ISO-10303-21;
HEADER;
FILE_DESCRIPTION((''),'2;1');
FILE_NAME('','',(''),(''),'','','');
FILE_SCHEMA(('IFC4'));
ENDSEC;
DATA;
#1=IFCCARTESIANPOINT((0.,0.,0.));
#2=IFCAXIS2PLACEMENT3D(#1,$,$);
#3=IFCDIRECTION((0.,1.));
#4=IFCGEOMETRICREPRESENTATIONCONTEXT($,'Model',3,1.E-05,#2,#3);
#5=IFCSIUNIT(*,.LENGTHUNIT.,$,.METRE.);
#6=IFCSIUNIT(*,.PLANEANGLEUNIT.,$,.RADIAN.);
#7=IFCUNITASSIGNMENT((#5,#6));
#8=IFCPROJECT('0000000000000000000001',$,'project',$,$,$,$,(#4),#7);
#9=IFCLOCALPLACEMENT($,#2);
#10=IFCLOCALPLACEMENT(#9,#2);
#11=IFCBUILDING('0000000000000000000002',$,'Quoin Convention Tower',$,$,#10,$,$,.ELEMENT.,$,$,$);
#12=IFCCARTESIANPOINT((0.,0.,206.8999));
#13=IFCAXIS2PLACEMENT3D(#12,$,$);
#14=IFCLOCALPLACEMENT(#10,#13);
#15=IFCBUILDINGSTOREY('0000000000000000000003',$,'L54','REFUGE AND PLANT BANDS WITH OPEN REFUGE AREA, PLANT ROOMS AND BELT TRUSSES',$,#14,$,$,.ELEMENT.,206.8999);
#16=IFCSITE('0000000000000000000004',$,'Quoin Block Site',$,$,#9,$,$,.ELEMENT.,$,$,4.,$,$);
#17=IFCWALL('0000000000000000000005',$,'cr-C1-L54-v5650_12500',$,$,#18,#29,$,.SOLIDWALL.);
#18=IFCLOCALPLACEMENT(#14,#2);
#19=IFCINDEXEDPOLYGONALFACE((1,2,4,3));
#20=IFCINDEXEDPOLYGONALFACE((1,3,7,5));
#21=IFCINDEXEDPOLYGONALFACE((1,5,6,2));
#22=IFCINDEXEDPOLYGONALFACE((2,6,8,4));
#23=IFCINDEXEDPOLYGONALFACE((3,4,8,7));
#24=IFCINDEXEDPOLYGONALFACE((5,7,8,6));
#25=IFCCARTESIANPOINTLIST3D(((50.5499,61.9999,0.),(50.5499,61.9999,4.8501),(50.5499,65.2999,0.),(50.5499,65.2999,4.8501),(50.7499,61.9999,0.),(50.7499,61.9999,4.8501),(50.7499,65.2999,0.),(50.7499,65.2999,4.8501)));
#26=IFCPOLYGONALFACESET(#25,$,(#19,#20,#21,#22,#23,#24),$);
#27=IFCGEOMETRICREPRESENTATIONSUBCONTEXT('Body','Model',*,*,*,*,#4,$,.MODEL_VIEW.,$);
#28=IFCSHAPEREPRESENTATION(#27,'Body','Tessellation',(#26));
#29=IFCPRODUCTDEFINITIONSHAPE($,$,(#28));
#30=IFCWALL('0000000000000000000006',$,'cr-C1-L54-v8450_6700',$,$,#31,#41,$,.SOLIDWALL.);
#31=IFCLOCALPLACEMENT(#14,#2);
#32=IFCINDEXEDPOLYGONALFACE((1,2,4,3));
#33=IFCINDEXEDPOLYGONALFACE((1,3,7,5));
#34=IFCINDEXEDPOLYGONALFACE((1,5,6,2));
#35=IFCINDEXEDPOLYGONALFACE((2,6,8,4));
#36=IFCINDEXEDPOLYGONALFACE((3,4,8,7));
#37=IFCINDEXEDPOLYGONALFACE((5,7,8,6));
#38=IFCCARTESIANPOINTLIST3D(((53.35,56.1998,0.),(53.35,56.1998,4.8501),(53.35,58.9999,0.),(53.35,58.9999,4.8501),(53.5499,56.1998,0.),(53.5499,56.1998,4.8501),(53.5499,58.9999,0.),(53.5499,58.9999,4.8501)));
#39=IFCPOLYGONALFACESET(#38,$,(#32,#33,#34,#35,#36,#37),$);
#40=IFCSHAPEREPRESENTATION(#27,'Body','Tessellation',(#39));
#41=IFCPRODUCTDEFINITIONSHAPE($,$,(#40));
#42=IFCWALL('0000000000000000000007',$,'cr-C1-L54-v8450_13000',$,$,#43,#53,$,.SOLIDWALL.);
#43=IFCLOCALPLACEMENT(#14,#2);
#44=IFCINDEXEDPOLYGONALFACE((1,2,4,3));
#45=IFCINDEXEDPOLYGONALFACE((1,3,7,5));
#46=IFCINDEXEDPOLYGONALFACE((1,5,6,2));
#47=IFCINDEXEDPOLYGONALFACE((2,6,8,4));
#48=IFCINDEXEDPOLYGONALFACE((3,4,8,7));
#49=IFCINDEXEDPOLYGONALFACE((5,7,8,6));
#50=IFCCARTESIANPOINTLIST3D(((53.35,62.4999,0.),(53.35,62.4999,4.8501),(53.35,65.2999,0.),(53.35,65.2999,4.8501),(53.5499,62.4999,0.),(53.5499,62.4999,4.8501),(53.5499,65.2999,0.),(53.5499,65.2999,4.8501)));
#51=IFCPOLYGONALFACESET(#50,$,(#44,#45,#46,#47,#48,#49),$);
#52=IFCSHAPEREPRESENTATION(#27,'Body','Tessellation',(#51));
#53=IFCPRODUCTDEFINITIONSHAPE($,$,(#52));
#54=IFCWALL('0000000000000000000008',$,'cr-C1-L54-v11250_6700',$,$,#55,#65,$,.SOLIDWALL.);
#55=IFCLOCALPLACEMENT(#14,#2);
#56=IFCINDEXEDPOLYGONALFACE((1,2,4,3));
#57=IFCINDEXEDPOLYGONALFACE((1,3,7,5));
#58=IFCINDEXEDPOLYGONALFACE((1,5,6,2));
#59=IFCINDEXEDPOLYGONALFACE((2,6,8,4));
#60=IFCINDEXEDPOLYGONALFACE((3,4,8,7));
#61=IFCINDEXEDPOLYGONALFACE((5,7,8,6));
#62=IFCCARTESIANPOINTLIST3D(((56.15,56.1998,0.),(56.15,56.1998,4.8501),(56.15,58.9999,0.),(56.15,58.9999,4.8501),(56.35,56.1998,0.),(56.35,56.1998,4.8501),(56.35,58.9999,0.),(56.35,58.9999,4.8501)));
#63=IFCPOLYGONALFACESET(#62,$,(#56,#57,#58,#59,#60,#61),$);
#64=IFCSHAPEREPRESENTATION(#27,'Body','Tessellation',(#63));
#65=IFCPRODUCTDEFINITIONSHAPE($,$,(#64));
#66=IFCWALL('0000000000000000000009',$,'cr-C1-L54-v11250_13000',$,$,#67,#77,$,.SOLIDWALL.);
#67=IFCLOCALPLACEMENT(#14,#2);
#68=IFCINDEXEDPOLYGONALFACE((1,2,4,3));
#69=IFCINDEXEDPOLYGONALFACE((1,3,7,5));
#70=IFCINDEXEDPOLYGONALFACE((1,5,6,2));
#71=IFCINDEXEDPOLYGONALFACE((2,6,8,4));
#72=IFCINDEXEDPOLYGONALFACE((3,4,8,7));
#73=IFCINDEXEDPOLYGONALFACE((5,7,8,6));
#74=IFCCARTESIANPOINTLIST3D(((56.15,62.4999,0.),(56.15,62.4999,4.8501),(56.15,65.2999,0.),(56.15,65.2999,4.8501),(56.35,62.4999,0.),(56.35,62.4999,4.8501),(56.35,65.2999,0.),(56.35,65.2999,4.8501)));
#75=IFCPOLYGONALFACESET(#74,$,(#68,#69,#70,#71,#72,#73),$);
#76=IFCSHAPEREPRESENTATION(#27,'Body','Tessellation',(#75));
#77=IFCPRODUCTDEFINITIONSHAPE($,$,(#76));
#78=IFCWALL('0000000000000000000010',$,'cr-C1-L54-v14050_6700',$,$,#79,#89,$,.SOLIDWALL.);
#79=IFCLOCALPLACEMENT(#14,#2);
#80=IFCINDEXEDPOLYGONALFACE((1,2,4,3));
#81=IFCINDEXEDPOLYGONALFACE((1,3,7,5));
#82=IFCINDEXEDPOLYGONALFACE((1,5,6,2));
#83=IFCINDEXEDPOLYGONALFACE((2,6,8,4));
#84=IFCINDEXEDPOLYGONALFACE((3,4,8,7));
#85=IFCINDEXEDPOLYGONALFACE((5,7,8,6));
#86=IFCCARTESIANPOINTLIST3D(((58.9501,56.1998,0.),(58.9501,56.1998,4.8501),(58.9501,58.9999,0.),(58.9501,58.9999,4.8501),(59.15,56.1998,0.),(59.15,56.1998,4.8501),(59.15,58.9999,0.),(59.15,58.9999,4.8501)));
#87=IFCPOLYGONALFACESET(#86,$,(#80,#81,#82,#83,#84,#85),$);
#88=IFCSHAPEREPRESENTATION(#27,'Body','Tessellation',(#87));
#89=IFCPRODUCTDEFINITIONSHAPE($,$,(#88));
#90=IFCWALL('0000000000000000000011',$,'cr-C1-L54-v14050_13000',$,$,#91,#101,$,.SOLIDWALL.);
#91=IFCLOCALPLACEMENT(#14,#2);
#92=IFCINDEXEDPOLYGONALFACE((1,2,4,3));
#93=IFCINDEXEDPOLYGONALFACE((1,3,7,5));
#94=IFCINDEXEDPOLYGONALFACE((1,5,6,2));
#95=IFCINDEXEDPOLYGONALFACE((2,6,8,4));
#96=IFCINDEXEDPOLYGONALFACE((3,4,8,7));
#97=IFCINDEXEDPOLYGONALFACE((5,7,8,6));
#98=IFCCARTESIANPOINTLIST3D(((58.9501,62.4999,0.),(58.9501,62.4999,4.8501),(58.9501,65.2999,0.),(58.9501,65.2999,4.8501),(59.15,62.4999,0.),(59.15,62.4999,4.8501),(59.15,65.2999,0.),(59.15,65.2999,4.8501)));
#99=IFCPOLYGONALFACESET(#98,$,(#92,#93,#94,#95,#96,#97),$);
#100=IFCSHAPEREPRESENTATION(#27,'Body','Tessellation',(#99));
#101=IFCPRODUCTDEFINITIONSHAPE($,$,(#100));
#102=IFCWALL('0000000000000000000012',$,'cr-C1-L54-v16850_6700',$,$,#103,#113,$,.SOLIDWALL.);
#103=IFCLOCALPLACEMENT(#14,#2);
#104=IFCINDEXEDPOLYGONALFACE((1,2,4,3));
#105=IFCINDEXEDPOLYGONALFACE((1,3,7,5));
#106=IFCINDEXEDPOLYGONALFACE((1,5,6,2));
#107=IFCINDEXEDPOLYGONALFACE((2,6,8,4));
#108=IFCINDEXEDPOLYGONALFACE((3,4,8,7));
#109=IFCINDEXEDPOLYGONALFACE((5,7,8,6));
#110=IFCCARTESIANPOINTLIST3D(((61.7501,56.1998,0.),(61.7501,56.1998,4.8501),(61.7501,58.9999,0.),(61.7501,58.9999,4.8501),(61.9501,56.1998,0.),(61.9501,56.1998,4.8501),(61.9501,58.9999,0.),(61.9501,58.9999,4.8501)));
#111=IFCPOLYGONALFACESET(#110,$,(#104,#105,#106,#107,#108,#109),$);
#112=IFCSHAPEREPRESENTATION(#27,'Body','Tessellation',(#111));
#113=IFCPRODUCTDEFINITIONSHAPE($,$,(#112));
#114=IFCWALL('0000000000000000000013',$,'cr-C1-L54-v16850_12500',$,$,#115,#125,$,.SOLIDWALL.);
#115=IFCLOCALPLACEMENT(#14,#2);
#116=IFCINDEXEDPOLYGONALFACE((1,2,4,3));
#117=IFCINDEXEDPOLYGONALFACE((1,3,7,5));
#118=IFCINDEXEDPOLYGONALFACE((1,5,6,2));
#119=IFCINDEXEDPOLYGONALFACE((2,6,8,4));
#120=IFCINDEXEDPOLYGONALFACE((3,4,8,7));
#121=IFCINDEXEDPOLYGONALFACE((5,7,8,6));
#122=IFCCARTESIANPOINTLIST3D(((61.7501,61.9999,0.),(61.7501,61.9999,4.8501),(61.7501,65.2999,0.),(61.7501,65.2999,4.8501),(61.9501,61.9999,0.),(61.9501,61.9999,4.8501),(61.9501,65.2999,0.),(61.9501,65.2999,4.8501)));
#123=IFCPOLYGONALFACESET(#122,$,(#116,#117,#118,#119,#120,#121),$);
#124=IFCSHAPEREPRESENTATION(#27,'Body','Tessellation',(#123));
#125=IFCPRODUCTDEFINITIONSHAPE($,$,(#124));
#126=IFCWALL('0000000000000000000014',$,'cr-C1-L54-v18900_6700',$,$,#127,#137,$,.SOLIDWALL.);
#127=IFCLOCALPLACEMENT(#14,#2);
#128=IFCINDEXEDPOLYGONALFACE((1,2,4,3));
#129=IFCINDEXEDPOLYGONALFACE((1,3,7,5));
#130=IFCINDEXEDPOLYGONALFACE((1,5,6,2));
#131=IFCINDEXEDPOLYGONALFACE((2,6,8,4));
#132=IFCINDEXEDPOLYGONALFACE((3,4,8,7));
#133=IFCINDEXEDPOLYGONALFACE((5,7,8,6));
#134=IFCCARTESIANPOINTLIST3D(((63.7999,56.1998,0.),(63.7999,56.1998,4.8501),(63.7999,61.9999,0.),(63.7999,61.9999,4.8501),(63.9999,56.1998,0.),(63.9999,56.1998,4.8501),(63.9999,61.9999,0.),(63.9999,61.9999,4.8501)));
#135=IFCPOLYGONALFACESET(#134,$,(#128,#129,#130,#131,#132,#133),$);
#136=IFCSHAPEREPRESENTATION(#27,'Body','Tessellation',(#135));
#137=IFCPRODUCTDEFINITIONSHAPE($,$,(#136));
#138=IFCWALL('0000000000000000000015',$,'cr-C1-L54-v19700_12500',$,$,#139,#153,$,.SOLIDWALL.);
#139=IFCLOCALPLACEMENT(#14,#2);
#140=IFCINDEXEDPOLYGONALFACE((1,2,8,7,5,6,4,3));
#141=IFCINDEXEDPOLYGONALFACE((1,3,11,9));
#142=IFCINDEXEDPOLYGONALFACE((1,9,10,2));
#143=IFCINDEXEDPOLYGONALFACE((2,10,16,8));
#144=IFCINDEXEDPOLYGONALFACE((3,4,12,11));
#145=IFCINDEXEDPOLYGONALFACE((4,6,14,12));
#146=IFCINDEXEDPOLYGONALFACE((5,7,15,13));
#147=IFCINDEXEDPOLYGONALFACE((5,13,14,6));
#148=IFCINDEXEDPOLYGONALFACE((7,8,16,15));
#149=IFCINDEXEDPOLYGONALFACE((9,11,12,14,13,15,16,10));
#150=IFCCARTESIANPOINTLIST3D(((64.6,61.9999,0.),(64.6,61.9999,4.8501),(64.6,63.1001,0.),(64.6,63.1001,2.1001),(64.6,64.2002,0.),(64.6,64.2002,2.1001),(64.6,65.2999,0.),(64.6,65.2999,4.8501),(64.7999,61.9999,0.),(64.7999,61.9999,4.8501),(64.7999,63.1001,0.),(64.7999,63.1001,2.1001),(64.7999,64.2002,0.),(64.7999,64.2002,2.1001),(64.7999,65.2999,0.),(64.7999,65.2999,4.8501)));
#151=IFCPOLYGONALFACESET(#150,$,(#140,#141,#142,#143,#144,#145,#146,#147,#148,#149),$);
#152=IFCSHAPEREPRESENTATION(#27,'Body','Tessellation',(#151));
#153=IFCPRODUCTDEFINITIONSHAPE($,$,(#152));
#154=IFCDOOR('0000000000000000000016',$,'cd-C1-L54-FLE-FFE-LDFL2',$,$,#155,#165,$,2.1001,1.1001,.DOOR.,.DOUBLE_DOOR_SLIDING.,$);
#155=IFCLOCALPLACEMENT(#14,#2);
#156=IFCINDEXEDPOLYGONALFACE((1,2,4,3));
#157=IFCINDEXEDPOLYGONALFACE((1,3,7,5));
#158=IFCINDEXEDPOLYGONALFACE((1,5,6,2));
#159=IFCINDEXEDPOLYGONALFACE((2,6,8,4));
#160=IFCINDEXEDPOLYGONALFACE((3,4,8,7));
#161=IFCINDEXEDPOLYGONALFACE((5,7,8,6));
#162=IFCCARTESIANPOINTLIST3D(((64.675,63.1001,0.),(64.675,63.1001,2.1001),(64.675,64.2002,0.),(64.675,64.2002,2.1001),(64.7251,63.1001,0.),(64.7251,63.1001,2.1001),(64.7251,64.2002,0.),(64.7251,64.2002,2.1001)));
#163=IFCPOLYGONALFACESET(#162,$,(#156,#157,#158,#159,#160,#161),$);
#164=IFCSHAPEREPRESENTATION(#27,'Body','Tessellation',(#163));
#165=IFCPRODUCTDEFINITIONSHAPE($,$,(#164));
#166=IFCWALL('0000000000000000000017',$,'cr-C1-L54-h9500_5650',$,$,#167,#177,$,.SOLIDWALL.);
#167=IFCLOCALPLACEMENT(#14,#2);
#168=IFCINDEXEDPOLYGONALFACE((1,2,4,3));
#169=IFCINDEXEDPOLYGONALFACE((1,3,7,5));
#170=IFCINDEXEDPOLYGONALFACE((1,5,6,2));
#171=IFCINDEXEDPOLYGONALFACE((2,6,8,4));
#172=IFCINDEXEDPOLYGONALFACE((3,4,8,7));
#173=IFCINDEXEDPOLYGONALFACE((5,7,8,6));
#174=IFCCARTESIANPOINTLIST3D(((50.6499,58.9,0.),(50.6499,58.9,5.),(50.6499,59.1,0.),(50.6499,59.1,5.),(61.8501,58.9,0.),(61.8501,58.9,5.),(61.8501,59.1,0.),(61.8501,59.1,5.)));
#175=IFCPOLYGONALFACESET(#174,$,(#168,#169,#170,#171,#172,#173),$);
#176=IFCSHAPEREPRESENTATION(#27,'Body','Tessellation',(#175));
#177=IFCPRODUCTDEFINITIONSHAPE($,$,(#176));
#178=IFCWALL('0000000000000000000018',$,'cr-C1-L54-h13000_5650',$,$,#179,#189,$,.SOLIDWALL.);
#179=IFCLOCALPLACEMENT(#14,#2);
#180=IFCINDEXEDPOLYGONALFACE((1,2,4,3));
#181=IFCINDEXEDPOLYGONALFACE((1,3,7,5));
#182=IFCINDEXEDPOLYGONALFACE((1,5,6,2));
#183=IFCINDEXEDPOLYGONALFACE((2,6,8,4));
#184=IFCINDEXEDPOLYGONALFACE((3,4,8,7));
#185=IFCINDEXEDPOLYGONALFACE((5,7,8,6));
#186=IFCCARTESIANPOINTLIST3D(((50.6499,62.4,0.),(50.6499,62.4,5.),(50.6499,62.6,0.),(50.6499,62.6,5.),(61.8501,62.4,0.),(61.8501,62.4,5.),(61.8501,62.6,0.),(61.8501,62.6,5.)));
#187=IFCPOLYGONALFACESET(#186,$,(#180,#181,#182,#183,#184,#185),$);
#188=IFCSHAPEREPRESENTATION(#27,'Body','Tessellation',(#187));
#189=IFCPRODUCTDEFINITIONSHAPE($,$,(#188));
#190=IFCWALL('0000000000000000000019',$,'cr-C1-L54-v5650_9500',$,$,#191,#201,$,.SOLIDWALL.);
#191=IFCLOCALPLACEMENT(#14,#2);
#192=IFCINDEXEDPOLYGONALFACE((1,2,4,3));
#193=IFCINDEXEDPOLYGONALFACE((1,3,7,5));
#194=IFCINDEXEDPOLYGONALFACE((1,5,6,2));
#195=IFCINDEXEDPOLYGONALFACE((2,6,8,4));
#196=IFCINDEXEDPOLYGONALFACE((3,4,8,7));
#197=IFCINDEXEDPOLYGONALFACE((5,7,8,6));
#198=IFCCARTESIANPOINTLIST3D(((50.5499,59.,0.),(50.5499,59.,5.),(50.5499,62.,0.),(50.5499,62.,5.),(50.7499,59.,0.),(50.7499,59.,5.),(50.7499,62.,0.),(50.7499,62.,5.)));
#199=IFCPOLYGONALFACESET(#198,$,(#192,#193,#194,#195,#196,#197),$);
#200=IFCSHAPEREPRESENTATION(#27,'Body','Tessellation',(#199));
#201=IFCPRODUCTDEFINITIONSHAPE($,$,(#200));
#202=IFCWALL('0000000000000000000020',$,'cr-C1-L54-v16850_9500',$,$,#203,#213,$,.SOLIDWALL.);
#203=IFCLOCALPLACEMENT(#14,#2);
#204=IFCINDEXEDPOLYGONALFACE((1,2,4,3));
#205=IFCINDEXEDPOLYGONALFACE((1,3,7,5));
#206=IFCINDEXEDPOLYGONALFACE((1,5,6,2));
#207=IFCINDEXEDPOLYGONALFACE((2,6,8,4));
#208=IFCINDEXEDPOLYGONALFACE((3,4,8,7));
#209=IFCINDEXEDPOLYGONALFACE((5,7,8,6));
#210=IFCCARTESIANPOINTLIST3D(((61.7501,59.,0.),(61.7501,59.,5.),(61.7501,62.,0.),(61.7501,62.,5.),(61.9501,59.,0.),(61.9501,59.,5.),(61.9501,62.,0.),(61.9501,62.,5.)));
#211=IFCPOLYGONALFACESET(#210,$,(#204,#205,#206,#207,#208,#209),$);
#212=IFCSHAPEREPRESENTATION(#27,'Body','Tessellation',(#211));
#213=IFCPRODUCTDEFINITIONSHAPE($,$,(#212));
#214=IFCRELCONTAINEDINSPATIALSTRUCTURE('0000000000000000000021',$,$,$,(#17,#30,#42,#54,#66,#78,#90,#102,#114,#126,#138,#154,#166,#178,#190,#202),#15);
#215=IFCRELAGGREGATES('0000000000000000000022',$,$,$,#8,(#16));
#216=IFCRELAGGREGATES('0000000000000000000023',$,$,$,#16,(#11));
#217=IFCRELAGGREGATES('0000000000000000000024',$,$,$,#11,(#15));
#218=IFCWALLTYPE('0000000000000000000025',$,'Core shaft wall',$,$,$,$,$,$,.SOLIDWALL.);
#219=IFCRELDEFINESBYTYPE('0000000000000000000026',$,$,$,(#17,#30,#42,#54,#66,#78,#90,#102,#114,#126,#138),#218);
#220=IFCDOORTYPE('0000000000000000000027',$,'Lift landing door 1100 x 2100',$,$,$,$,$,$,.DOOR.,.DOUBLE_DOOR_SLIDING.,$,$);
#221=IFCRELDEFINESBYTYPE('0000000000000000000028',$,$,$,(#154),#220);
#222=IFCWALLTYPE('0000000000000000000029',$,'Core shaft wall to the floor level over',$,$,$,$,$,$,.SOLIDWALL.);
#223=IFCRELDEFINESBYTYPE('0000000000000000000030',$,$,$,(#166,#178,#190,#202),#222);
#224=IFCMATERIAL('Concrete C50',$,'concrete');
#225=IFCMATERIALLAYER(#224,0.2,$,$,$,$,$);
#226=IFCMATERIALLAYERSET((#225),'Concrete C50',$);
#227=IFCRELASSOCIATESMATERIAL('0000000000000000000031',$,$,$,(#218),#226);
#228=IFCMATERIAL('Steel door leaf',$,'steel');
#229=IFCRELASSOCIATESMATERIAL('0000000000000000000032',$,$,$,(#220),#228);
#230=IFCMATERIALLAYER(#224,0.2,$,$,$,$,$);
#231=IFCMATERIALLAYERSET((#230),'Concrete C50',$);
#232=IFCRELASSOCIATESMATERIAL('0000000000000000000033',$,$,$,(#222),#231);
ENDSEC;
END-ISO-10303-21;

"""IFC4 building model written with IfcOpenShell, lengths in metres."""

from ifc_helpers import new_model, si_unit, direction, frame, frame_2d, origin, place, context, subcontext, project, spatial, rectangle, extrude, material, layer, layer_set, type_object, element, fill, save


model = new_model("IFC4")

# Units and contexts
model_context = context("Model", 3, precision=1e-05, world=origin(), true_north=direction((0.0, 1.0)))
body_context = subcontext(model_context, "Body", "Model", "MODEL_VIEW")
ifc_project = project(units=[si_unit("LENGTHUNIT", "METRE"), si_unit("PLANEANGLEUNIT", "RADIAN")], contexts=[model_context])

# Site, building, storey
site_placement = place(None, origin())
site = spatial("IfcSite", under=ifc_project, at=site_placement, Name="Quoin Block Site", CompositionType="ELEMENT", RefElevation=4.0)
building_placement = place(site_placement, origin())
building = spatial("IfcBuilding", under=site, at=building_placement, Name="Quoin Convention Tower", CompositionType="ELEMENT")
storey_placement = place(building_placement, frame((0.0, 0.0, 206.8999)))
storey = spatial("IfcBuildingStorey", under=building, at=storey_placement, Name="L54", Description="REFUGE AND PLANT BANDS WITH OPEN REFUGE AREA, PLANT ROOMS AND BELT TRUSSES", CompositionType="ELEMENT", Elevation=206.8999)

# Shared definitions
ifc_material_1 = material(Name="Concrete C50", Category="concrete")
ifc_layer_1 = layer(ifc_material_1, 0.2)
ifc_layer_set_1 = layer_set([ifc_layer_1], Name="Concrete C50")
wall_type_1 = type_object("IfcWallType", Name="Core shaft wall", PredefinedType="SOLIDWALL", material=ifc_layer_set_1)

# Shared definitions
ifc_material_2 = material(Name="Steel door leaf", Category="steel")

# Walls
wall_1_placement = place(storey_placement, frame((50.6499, 62.0, 0.0), z_axis=(0.0, 0.0, 1.0), x_axis=(0.0, 1.0, 0.0)))
element("IfcWall", 1, at=wall_1_placement, inside=storey, type_object=wall_type_1, Name="cr-C1-L54-v5650_12500", PredefinedType="SOLIDWALL", context=body_context, shape_type="SweptSolid", body=[
    extrude(rectangle(XDim=3.3, YDim=0.2, at=frame_2d((1.6499, 0.0))), origin(), (0.0, 0.0, 1.0), 4.8501),
])
for number, where, z_axis, x_axis, name in (
    (2, (53.45, 56.2, 0.0), (0.0, 0.0, 1.0), (0.0, 1.0, 0.0), "cr-C1-L54-v8450_6700"),
    (3, (53.45, 62.5, 0.0), (0.0, 0.0, 1.0), (0.0, 1.0, 0.0), "cr-C1-L54-v8450_13000"),
    (4, (56.25, 56.2, 0.0), (0.0, 0.0, 1.0), (0.0, 1.0, 0.0), "cr-C1-L54-v11250_6700"),
    (5, (56.25, 62.5, 0.0), (0.0, 0.0, 1.0), (0.0, 1.0, 0.0), "cr-C1-L54-v11250_13000"),
    (6, (59.05, 56.2, 0.0), (0.0, 0.0, 1.0), (0.0, 1.0, 0.0), "cr-C1-L54-v14050_6700"),
    (7, (59.05, 62.5, 0.0), (0.0, 0.0, 1.0), (0.0, 1.0, 0.0), "cr-C1-L54-v14050_13000"),
    (8, (61.8501, 56.2, 0.0), (0.0, 0.0, 1.0), (0.0, 1.0, 0.0), "cr-C1-L54-v16850_6700"),
):
    element("IfcWall", number, at=place(storey_placement, frame(where, z_axis=z_axis, x_axis=x_axis)), inside=storey, type_object=wall_type_1, Name=name, PredefinedType="SOLIDWALL", context=body_context, shape_type="SweptSolid", body=[
        extrude(rectangle(XDim=2.8, YDim=0.2, at=frame_2d((1.3999, 0.0))), origin(), (0.0, 0.0, 1.0), 4.8501),
    ])
wall_2_placement = place(storey_placement, frame((61.8501, 62.0, 0.0), z_axis=(0.0, 0.0, 1.0), x_axis=(0.0, 1.0, 0.0)))
element("IfcWall", 9, at=wall_2_placement, inside=storey, type_object=wall_type_1, Name="cr-C1-L54-v16850_12500", PredefinedType="SOLIDWALL", context=body_context, shape_type="SweptSolid", body=[
    extrude(rectangle(XDim=3.3, YDim=0.2, at=frame_2d((1.6499, 0.0))), origin(), (0.0, 0.0, 1.0), 4.8501),
])
wall_3_placement = place(storey_placement, frame((63.8999, 56.2, 0.0), z_axis=(0.0, 0.0, 1.0), x_axis=(0.0, 1.0, 0.0)))
element("IfcWall", 10, at=wall_3_placement, inside=storey, type_object=wall_type_1, Name="cr-C1-L54-v18900_6700", PredefinedType="SOLIDWALL", context=body_context, shape_type="SweptSolid", body=[
    extrude(rectangle(XDim=5.8, YDim=0.2, at=frame_2d((2.8999, 0.0))), origin(), (0.0, 0.0, 1.0), 4.8501),
])

# Wall, opening, door
wall_4_placement = place(storey_placement, frame((64.7, 62.0, 0.0), z_axis=(0.0, 0.0, 1.0), x_axis=(0.0, 1.0, 0.0)))
wall_4 = element("IfcWall", 11, at=wall_4_placement, inside=storey, type_object=wall_type_1, Name="cr-C1-L54-v19700_12500", PredefinedType="SOLIDWALL", context=body_context, shape_type="SweptSolid", body=[
    extrude(rectangle(XDim=3.3, YDim=0.2, at=frame_2d((1.6499, 0.0))), origin(), (0.0, 0.0, 1.0), 4.8501),
])
opening_1_placement = place(wall_4_placement, frame((1.1001, 0.0, 0.0)))
opening_1 = element("IfcOpeningElement", 12, at=opening_1_placement, cuts=wall_4, PredefinedType="OPENING", context=body_context, shape_type="SweptSolid", body=[
    extrude(rectangle(XDim=1.1001, YDim=2.1001, at=frame_2d((0.55, 1.05))), frame((0.0, 0.1099, 0.0), z_axis=(0.0, -1.0, 0.0), x_axis=(1.0, 0.0, 0.0)), (0.0, 0.0, 1.0), 0.22),
])
door_type_1 = type_object("IfcDoorType", Name="Lift landing door 1100 x 2100", OperationType="DOUBLE_DOOR_SLIDING", PredefinedType="DOOR", material=ifc_material_2)
door_1_placement = place(opening_1_placement, origin())
door_1 = element("IfcDoor", 13, at=door_1_placement, inside=storey, type_object=door_type_1, Name="cd-C1-L54-FLE-FFE-LDFL2", OperationType="DOUBLE_DOOR_SLIDING", OverallHeight=2.1001, OverallWidth=1.1001, PredefinedType="DOOR", context=body_context, shape_type="SweptSolid", body=[
    extrude(rectangle(XDim=1.1001, YDim=2.1001, at=frame_2d((0.55, 1.05))), frame((0.0, 0.0249, 0.0), z_axis=(0.0, -1.0, 0.0), x_axis=(1.0, 0.0, 0.0)), (0.0, 0.0, 1.0), 0.05),
])
fill(opening_1, door_1)

# Walls
ifc_layer_2 = layer(ifc_material_1, 0.2)
ifc_layer_set_2 = layer_set([ifc_layer_2], Name="Concrete C50")
wall_type_2 = type_object("IfcWallType", Name="Core shaft wall to the floor level over", PredefinedType="SOLIDWALL", material=ifc_layer_set_2)
for number, where, z_axis, x_axis, name in (
    (14, (50.6499, 59.0, 0.0), (0.0, 0.0, 1.0), (1.0, 0.0, 0.0), "cr-C1-L54-h9500_5650"),
    (15, (50.6499, 62.5, 0.0), (0.0, 0.0, 1.0), (1.0, 0.0, 0.0), "cr-C1-L54-h13000_5650"),
):
    element("IfcWall", number, at=place(storey_placement, frame(where, z_axis=z_axis, x_axis=x_axis)), inside=storey, type_object=wall_type_2, Name=name, PredefinedType="SOLIDWALL", context=body_context, shape_type="SweptSolid", body=[
        extrude(rectangle(XDim=11.2002, YDim=0.2, at=frame_2d((5.6001, 0.0))), origin(), (0.0, 0.0, 1.0), 5.0),
    ])
for number, where, z_axis, x_axis, name in (
    (16, (50.6499, 59.0, 0.0), (0.0, 0.0, 1.0), (0.0, 1.0, 0.0), "cr-C1-L54-v5650_9500"),
    (17, (61.8501, 59.0, 0.0), (0.0, 0.0, 1.0), (0.0, 1.0, 0.0), "cr-C1-L54-v16850_9500"),
):
    element("IfcWall", number, at=place(storey_placement, frame(where, z_axis=z_axis, x_axis=x_axis)), inside=storey, type_object=wall_type_2, Name=name, PredefinedType="SOLIDWALL", context=body_context, shape_type="SweptSolid", body=[
        extrude(rectangle(XDim=3.0, YDim=0.2, at=frame_2d((1.5, 0.0))), origin(), (0.0, 0.0, 1.0), 5.0),
    ])

save(model, "model.ifc")
